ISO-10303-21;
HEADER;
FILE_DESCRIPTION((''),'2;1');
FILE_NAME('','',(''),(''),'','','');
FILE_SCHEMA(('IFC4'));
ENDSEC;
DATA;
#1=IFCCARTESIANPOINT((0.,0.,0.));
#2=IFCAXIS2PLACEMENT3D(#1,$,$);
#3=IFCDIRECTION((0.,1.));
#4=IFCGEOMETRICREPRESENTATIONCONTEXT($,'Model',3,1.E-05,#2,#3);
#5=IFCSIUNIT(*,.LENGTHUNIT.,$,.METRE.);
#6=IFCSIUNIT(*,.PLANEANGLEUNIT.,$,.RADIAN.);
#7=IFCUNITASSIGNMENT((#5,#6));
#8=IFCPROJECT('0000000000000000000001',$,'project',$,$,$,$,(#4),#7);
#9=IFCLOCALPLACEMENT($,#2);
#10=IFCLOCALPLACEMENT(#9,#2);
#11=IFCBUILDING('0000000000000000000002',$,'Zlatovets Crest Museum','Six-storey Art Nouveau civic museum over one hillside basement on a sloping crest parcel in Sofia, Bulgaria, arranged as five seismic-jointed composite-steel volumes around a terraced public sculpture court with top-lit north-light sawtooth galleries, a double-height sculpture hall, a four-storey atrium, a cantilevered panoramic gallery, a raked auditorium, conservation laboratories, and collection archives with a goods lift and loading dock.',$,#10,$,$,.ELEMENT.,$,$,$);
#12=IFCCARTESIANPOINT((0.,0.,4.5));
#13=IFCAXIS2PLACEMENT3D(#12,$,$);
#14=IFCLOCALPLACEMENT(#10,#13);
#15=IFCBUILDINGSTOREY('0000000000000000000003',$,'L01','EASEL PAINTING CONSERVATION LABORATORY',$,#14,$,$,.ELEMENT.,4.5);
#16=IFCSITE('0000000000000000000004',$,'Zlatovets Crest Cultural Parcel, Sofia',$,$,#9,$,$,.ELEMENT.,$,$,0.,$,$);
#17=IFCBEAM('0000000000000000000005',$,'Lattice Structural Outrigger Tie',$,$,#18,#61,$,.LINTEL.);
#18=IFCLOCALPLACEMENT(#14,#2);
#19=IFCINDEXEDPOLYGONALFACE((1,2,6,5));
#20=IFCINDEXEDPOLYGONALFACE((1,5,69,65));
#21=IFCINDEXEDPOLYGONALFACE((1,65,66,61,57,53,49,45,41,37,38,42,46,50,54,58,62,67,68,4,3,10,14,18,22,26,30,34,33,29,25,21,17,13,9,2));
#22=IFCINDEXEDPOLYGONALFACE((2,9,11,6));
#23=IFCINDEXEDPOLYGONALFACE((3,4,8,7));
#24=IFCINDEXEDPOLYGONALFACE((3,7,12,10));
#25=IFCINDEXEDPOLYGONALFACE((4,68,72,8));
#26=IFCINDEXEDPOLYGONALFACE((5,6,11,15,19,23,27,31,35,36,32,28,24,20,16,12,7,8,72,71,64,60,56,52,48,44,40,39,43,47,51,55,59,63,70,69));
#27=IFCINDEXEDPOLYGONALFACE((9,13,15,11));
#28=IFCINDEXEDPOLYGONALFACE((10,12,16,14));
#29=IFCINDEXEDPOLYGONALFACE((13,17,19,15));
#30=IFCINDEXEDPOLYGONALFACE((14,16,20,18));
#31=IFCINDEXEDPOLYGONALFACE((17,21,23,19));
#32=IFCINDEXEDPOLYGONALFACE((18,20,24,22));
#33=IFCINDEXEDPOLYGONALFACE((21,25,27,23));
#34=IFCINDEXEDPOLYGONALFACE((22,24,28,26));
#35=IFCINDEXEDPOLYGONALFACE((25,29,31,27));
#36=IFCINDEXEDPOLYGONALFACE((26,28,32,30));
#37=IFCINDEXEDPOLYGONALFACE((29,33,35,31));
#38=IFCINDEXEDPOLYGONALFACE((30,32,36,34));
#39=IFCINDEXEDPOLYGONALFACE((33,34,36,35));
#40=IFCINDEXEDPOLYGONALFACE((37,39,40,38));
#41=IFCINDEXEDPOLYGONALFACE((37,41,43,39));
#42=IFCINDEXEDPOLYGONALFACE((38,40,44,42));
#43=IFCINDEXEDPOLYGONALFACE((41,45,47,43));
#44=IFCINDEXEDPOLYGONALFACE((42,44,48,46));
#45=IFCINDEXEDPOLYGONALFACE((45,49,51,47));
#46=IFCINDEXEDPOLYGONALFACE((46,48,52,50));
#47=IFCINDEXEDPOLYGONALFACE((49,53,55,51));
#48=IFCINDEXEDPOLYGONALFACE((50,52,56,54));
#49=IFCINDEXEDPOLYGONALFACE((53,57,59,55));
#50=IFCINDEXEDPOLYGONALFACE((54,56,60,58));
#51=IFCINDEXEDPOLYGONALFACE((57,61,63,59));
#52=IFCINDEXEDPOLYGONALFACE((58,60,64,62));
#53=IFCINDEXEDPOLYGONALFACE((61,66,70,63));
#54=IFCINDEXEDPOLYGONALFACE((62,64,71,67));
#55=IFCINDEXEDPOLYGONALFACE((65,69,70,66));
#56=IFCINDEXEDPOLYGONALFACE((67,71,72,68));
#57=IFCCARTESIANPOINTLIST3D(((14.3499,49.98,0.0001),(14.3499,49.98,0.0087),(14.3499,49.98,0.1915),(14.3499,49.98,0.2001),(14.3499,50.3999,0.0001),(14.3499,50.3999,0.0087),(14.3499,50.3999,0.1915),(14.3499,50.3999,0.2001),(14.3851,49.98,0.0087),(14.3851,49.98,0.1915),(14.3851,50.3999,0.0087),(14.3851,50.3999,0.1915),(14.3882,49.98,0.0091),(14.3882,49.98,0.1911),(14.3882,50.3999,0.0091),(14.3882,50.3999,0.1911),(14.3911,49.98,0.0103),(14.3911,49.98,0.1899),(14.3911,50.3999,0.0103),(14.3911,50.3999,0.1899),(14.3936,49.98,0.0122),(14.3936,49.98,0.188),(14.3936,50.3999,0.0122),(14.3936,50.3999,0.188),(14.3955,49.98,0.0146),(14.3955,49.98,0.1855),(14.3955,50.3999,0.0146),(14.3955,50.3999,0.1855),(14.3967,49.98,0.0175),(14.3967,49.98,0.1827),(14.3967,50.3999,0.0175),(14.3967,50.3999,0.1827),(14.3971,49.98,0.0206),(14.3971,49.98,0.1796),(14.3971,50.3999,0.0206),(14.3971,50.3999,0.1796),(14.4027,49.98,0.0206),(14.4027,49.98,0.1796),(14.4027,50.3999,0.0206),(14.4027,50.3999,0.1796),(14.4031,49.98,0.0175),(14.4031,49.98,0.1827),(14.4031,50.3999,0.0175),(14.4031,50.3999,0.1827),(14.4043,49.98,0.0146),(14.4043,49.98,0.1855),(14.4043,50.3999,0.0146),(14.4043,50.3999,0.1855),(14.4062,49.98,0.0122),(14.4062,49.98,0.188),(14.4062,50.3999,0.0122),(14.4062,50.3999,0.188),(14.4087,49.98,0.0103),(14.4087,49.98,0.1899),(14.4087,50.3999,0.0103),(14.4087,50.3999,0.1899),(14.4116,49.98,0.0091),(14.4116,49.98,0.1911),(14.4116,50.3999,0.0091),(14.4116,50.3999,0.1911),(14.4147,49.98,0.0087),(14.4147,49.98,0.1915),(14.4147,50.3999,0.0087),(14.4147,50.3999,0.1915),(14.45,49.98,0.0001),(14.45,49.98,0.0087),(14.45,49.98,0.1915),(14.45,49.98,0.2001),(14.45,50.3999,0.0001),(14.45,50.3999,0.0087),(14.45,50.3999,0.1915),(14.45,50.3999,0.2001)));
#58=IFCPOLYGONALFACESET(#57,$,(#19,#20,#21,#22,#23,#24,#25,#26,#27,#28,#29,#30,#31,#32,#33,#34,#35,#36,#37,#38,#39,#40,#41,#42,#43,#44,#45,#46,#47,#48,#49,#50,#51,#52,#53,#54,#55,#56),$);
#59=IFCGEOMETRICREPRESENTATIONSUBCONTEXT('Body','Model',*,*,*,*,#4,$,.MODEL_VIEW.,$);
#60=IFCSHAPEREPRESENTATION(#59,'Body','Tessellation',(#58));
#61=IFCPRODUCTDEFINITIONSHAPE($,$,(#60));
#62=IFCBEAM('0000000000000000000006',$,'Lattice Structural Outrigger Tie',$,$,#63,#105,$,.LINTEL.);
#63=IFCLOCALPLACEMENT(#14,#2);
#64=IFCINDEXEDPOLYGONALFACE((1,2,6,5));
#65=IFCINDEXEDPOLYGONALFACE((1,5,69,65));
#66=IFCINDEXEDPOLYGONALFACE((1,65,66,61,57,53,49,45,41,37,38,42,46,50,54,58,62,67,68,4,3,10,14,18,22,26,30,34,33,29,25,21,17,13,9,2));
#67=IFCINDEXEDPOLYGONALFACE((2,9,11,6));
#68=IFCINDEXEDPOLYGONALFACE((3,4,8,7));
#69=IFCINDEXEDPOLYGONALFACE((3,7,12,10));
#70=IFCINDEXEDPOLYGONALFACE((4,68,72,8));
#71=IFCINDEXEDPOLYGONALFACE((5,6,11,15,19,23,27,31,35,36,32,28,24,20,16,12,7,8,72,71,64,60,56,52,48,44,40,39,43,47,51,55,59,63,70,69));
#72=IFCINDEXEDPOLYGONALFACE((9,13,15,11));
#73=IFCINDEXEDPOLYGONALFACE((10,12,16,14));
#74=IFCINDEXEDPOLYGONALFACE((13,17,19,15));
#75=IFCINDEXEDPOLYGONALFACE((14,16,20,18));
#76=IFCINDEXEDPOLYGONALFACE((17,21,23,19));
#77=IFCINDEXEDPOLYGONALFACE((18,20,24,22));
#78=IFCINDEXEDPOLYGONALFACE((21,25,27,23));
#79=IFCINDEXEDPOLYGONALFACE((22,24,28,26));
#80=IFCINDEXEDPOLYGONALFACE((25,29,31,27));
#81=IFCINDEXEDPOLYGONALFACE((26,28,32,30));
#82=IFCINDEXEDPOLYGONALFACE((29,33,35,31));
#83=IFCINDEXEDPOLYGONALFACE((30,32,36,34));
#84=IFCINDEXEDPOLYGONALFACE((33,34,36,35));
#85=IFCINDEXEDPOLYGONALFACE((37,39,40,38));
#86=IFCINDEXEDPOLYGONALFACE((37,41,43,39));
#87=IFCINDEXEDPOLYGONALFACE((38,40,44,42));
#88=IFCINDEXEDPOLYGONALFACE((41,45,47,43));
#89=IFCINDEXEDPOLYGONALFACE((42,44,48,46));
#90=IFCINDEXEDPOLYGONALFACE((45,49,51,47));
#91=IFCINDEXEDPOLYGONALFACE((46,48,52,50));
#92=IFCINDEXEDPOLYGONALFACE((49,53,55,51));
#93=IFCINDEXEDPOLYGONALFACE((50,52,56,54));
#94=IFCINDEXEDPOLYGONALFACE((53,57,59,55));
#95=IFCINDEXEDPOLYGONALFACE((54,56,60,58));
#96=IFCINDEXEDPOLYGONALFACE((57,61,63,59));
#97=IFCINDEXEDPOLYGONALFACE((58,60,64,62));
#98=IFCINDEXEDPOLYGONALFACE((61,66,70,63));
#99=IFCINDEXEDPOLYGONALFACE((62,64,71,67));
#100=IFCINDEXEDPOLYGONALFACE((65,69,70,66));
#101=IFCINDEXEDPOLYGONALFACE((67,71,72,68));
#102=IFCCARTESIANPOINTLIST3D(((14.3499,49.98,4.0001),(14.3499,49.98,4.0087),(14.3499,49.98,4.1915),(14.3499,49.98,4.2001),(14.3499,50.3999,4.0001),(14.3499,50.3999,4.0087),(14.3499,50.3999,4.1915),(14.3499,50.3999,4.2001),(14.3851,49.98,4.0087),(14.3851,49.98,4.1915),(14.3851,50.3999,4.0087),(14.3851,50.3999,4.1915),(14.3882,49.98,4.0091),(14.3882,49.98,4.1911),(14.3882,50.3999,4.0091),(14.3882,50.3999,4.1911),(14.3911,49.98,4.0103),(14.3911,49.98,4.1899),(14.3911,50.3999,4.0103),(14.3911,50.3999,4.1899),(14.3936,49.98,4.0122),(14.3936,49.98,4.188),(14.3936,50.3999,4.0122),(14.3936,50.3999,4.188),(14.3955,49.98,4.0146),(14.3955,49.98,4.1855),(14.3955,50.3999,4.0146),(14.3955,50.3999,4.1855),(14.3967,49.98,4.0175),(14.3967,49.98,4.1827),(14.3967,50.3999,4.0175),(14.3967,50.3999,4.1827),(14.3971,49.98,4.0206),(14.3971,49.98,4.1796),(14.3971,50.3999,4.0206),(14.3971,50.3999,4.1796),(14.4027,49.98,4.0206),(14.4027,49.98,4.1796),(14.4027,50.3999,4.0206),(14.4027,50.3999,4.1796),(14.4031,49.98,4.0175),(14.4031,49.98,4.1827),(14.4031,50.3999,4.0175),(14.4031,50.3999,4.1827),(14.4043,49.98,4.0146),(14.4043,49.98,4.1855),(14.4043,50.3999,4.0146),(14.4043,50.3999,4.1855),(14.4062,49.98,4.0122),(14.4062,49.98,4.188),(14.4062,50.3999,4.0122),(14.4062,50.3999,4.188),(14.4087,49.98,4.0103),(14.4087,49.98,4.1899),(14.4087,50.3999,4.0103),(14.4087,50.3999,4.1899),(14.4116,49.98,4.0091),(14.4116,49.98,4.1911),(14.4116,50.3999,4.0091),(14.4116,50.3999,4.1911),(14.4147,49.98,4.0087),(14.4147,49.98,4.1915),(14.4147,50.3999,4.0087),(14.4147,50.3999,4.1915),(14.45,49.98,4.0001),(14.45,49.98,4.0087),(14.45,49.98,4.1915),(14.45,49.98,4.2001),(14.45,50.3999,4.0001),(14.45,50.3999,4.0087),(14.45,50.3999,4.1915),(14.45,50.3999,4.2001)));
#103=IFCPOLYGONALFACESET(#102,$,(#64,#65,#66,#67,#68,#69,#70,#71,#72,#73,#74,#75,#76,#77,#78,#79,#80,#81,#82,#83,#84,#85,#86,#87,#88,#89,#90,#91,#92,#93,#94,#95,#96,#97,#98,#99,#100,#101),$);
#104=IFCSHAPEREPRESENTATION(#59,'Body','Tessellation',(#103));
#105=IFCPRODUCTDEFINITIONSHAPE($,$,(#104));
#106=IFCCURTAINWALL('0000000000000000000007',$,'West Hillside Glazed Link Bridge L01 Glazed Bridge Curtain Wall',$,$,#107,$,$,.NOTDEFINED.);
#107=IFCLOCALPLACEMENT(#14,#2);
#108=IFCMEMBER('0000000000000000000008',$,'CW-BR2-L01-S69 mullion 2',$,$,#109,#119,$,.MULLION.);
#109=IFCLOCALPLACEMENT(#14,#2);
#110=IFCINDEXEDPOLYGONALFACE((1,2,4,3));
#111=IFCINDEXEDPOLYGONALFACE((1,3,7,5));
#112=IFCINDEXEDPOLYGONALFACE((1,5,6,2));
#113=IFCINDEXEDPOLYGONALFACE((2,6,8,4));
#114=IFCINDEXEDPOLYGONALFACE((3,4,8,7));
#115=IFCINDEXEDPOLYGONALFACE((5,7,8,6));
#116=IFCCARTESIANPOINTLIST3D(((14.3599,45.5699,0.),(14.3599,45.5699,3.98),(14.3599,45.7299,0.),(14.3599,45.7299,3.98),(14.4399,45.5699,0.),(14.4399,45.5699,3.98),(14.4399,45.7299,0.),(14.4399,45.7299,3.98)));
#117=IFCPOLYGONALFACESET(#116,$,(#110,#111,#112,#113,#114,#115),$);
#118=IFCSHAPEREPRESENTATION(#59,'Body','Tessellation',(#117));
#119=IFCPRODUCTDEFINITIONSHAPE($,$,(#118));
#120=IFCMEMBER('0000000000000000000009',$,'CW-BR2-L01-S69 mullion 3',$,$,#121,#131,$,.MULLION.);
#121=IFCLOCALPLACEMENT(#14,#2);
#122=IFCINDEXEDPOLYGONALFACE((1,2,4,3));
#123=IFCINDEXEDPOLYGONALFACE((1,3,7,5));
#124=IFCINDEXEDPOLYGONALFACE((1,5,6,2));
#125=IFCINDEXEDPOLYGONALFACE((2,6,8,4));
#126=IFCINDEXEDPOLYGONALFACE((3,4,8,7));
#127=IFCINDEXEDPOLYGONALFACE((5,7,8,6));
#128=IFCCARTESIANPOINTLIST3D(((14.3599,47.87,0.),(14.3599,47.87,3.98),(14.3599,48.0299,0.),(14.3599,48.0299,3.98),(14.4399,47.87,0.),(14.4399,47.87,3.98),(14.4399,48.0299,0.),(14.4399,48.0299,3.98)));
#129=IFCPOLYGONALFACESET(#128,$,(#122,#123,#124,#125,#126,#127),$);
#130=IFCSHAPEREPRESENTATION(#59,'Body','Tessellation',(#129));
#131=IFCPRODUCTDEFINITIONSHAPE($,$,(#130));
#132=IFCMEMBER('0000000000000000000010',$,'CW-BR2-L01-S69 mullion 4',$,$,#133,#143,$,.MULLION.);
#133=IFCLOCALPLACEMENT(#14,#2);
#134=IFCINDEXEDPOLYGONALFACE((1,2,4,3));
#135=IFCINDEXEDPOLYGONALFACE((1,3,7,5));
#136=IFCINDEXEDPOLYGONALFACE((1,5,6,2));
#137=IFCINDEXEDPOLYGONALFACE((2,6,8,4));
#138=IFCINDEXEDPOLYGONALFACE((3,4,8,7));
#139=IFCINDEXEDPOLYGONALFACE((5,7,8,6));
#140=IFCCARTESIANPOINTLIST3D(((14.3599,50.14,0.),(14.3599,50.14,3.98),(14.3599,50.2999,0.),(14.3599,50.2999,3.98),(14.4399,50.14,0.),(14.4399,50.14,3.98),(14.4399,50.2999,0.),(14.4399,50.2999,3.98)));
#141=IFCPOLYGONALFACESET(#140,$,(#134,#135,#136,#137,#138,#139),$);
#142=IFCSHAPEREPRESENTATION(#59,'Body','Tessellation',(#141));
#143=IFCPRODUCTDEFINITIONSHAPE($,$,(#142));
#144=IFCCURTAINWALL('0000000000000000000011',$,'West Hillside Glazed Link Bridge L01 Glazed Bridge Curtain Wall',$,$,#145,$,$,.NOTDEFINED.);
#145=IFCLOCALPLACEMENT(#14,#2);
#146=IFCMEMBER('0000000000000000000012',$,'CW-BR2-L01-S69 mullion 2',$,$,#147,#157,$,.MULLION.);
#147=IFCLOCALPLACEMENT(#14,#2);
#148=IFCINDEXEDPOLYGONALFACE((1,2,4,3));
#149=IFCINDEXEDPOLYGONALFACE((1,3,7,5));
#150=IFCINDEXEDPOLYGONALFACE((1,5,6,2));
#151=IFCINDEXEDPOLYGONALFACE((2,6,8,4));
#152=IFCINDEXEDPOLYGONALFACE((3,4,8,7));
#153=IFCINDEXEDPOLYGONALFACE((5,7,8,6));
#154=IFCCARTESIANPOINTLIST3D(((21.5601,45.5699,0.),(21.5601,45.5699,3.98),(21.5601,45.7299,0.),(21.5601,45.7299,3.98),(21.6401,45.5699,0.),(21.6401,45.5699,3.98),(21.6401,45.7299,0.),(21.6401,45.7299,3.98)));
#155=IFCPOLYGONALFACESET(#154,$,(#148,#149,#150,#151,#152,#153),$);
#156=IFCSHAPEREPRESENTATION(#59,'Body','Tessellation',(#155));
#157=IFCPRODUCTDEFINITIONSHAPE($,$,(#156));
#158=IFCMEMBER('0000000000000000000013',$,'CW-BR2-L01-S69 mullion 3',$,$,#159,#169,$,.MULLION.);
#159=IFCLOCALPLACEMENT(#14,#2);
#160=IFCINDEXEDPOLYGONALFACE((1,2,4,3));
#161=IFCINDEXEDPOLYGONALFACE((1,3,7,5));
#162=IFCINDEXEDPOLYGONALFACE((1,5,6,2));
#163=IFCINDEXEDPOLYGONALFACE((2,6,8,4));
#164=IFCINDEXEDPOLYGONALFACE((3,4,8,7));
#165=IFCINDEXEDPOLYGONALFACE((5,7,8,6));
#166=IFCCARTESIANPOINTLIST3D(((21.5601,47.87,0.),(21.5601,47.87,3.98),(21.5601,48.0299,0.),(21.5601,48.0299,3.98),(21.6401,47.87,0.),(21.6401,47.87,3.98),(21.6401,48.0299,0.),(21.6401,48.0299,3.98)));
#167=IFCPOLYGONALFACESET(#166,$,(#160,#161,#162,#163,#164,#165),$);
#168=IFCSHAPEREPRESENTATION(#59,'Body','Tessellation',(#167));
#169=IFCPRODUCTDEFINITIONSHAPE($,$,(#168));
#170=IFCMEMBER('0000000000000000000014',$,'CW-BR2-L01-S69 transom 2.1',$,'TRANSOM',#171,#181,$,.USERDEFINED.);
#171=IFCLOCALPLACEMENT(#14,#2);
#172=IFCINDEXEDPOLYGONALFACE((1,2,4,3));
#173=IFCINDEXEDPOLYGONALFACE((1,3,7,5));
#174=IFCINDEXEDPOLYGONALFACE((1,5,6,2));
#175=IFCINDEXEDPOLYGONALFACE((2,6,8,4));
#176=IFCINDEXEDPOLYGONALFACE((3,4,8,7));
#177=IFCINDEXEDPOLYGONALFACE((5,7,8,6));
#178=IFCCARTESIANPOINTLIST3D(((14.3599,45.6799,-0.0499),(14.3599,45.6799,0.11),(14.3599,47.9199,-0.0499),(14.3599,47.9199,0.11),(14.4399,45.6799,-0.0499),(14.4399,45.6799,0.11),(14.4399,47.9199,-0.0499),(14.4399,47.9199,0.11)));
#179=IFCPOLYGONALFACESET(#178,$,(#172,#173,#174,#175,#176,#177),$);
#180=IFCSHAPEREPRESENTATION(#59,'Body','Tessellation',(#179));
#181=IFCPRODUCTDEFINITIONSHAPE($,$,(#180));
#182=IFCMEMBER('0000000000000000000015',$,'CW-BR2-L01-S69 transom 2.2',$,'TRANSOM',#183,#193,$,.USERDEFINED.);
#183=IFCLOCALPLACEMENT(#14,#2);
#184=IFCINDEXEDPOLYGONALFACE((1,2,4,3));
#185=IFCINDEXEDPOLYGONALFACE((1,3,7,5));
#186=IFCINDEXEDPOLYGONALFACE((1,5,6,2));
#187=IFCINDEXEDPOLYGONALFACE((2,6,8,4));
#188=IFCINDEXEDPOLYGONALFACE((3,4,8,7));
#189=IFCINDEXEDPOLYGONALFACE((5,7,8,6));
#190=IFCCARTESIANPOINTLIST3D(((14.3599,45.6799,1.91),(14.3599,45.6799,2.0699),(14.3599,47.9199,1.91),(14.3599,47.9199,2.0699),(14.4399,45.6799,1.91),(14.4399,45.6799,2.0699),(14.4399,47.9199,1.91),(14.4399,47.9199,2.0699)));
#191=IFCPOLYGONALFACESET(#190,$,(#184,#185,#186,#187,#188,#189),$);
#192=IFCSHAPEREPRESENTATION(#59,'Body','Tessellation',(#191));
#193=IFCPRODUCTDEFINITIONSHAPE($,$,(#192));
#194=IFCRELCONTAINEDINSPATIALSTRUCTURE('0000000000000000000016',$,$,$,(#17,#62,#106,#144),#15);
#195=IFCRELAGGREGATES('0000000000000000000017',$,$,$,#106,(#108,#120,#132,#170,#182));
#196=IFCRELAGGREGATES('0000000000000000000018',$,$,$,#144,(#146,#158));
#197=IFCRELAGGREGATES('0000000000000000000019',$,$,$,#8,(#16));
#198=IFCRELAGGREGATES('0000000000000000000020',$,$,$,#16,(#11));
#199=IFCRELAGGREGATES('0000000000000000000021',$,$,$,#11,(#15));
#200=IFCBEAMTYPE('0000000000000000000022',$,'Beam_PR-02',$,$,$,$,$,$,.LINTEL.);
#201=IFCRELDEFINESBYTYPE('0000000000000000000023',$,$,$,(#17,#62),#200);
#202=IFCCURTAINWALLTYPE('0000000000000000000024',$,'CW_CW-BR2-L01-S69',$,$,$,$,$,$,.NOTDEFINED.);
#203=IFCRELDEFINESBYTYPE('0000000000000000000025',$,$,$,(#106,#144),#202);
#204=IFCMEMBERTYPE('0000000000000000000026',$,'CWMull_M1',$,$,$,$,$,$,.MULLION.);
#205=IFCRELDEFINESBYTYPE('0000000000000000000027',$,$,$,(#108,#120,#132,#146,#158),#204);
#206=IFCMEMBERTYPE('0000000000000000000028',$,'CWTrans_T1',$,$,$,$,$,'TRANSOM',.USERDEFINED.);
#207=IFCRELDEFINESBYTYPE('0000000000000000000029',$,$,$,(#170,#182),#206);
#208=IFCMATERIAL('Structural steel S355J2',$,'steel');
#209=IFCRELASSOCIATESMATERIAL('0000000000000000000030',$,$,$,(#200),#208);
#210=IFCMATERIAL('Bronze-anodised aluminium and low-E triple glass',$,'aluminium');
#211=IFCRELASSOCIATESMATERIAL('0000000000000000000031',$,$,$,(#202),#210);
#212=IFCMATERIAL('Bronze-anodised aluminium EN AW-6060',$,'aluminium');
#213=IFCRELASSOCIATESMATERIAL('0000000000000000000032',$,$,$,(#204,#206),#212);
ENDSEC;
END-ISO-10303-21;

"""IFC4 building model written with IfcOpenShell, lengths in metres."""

from ifc_helpers import new_model, si_unit, direction, frame, origin, origin_2d, place, context, subcontext, project, spatial, rectangle, i_section, extrude, material, material_profile, profile_set, type_object, element, aggregate, save


model = new_model("IFC4")

# Units and contexts
model_context = context("Model", 3, precision=1e-05, world=origin(), true_north=direction((0.0, 1.0)))
body_context = subcontext(model_context, "Body", "Model", "MODEL_VIEW")
ifc_project = project(units=[si_unit("LENGTHUNIT", "METRE"), si_unit("PLANEANGLEUNIT", "RADIAN")], contexts=[model_context])

# Site, building, storey
site_placement = place(None, origin())
site = spatial("IfcSite", under=ifc_project, at=site_placement, Name="Zlatovets Crest Cultural Parcel, Sofia", CompositionType="ELEMENT", RefElevation=0.0)
building_placement = place(site_placement, origin())
building = spatial("IfcBuilding", under=site, at=building_placement, Name="Zlatovets Crest Museum", Description="Six-storey Art Nouveau civic museum over one hillside basement on a sloping crest parcel in Sofia, Bulgaria, arranged as five seismic-jointed composite-steel volumes around a terraced public sculpture court with top-lit north-light sawtooth galleries, a double-height sculpture hall, a four-storey atrium, a cantilevered panoramic gallery, a raked auditorium, conservation laboratories, and collection archives with a goods lift and loading dock.", CompositionType="ELEMENT")
storey_placement = place(building_placement, frame((0.0, 0.0, 4.5)))
storey = spatial("IfcBuildingStorey", under=building, at=storey_placement, Name="L01", Description="EASEL PAINTING CONSERVATION LABORATORY", CompositionType="ELEMENT", Elevation=4.5)

# Shared definitions
ifc_material_1 = material(Name="Structural steel S355J2", Category="steel")

# Beams
ifc_material_profile_1 = material_profile(ifc_material_1, i_section(OverallWidth=0.1001, OverallDepth=0.2, WebThickness=0.0056, FlangeThickness=0.0085, FilletRadius=0.012, at=origin_2d()), Name="IPE 200")
ifc_profile_set_1 = profile_set([ifc_material_profile_1], Name="Structural steel S355J2")
beam_type_1 = type_object("IfcBeamType", Name="Beam_PR-02", PredefinedType="LINTEL", material=ifc_profile_set_1)
for number, where, z_axis, x_axis, name in (
    (1, (14.3999, 50.3999, 0.1001), (0.0, -1.0, 0.0), (1.0, 0.0, 0.0), "Lattice Structural Outrigger Tie"),
    (2, (14.3999, 50.3999, 4.1001), (0.0, -1.0, 0.0), (1.0, 0.0, 0.0), "Lattice Structural Outrigger Tie"),
):
    element("IfcBeam", number, at=place(storey_placement, frame(where, z_axis=z_axis, x_axis=x_axis)), inside=storey, type_object=beam_type_1, Name=name, PredefinedType="LINTEL", context=body_context, shape_type="SweptSolid", body=[
        extrude(i_section(OverallWidth=0.1001, OverallDepth=0.2, WebThickness=0.0056, FlangeThickness=0.0085, FilletRadius=0.012, at=origin_2d()), origin(), (0.0, 0.0, 1.0), 0.4199),
    ])

# Curtain walls, members
ifc_material_2 = material(Name="Bronze-anodised aluminium and low-E triple glass", Category="aluminium")
curtain_wall_type = type_object("IfcCurtainWallType", Name="CW_CW-BR2-L01-S69", PredefinedType="NOTDEFINED", material=ifc_material_2)
curtain_wall_1_placement = place(storey_placement, origin())
curtain_wall_1 = element("IfcCurtainWall", 3, at=curtain_wall_1_placement, inside=storey, type_object=curtain_wall_type, Name="West Hillside Glazed Link Bridge L01 Glazed Bridge Curtain Wall", PredefinedType="NOTDEFINED")
ifc_material_3 = material(Name="Bronze-anodised aluminium EN AW-6060", Category="aluminium")
ifc_material_profile_2 = material_profile(ifc_material_3, rectangle(XDim=0.0801, YDim=0.1599, at=origin_2d()), Name="ALU 80x160")
ifc_profile_set_2 = profile_set([ifc_material_profile_2], Name="Bronze-anodised aluminium EN AW-6060")
member_type_1 = type_object("IfcMemberType", Name="CWMull_M1", PredefinedType="MULLION", material=ifc_profile_set_2)
member_1_placement = place(storey_placement, frame((14.3999, 45.6499, 0.0), z_axis=(0.0, 0.0, 1.0), x_axis=(-1.0, 0.0, 0.0)))
member_1 = element("IfcMember", 4, at=member_1_placement, type_object=member_type_1, Name="CW-BR2-L01-S69 mullion 2", PredefinedType="MULLION", context=body_context, shape_type="SweptSolid", body=[
    extrude(rectangle(XDim=0.0801, YDim=0.1599, at=origin_2d()), origin(), (0.0, 0.0, 1.0), 3.98),
])
member_2_placement = place(storey_placement, frame((14.3999, 47.95, 0.0), z_axis=(0.0, 0.0, 1.0), x_axis=(-1.0, 0.0, 0.0)))
member_2 = element("IfcMember", 5, at=member_2_placement, type_object=member_type_1, Name="CW-BR2-L01-S69 mullion 3", PredefinedType="MULLION", context=body_context, shape_type="SweptSolid", body=[
    extrude(rectangle(XDim=0.0801, YDim=0.1599, at=origin_2d()), origin(), (0.0, 0.0, 1.0), 3.98),
])
member_3_placement = place(storey_placement, frame((14.3999, 50.22, 0.0), z_axis=(0.0, 0.0, 1.0), x_axis=(-1.0, 0.0, 0.0)))
member_3 = element("IfcMember", 6, at=member_3_placement, type_object=member_type_1, Name="CW-BR2-L01-S69 mullion 4", PredefinedType="MULLION", context=body_context, shape_type="SweptSolid", body=[
    extrude(rectangle(XDim=0.0801, YDim=0.1599, at=origin_2d()), origin(), (0.0, 0.0, 1.0), 3.98),
])
curtain_wall_2_placement = place(storey_placement, origin())
curtain_wall_2 = element("IfcCurtainWall", 7, at=curtain_wall_2_placement, inside=storey, type_object=curtain_wall_type, Name="West Hillside Glazed Link Bridge L01 Glazed Bridge Curtain Wall", PredefinedType="NOTDEFINED")
member_4_placement = place(storey_placement, frame((21.6001, 45.6499, 0.0), z_axis=(0.0, 0.0, 1.0), x_axis=(-1.0, 0.0, 0.0)))
member_4 = element("IfcMember", 8, at=member_4_placement, type_object=member_type_1, Name="CW-BR2-L01-S69 mullion 2", PredefinedType="MULLION", context=body_context, shape_type="SweptSolid", body=[
    extrude(rectangle(XDim=0.0801, YDim=0.1599, at=origin_2d()), origin(), (0.0, 0.0, 1.0), 3.98),
])
member_5_placement = place(storey_placement, frame((21.6001, 47.95, 0.0), z_axis=(0.0, 0.0, 1.0), x_axis=(-1.0, 0.0, 0.0)))
member_5 = element("IfcMember", 9, at=member_5_placement, type_object=member_type_1, Name="CW-BR2-L01-S69 mullion 3", PredefinedType="MULLION", context=body_context, shape_type="SweptSolid", body=[
    extrude(rectangle(XDim=0.0801, YDim=0.1599, at=origin_2d()), origin(), (0.0, 0.0, 1.0), 3.98),
])

# Members
ifc_material_profile_3 = material_profile(ifc_material_3, rectangle(XDim=0.0801, YDim=0.1599, at=origin_2d()), Name="ALU 80x160")
ifc_profile_set_3 = profile_set([ifc_material_profile_3], Name="Bronze-anodised aluminium EN AW-6060")
member_type_2 = type_object("IfcMemberType", Name="CWTrans_T1", ElementType="TRANSOM", PredefinedType="USERDEFINED", material=ifc_profile_set_3)
member_6_placement = place(storey_placement, frame((14.3999, 45.6799, 0.03), z_axis=(0.0, 1.0, 0.0), x_axis=(-1.0, 0.0, 0.0)))
member_6 = element("IfcMember", 10, at=member_6_placement, type_object=member_type_2, Name="CW-BR2-L01-S69 transom 2.1", ObjectType="TRANSOM", PredefinedType="USERDEFINED", context=body_context, shape_type="SweptSolid", body=[
    extrude(rectangle(XDim=0.0801, YDim=0.1599, at=origin_2d()), origin(), (0.0, 0.0, 1.0), 2.24),
])
member_7_placement = place(storey_placement, frame((14.3999, 45.6799, 1.99), z_axis=(0.0, 1.0, 0.0), x_axis=(-1.0, 0.0, 0.0)))
member_7 = element("IfcMember", 11, at=member_7_placement, type_object=member_type_2, Name="CW-BR2-L01-S69 transom 2.2", ObjectType="TRANSOM", PredefinedType="USERDEFINED", context=body_context, shape_type="SweptSolid", body=[
    extrude(rectangle(XDim=0.0801, YDim=0.1599, at=origin_2d()), origin(), (0.0, 0.0, 1.0), 2.24),
])

aggregate(curtain_wall_1, [member_1, member_2, member_3, member_6, member_7])
aggregate(curtain_wall_2, [member_4, member_5])

save(model, "model.ifc")
